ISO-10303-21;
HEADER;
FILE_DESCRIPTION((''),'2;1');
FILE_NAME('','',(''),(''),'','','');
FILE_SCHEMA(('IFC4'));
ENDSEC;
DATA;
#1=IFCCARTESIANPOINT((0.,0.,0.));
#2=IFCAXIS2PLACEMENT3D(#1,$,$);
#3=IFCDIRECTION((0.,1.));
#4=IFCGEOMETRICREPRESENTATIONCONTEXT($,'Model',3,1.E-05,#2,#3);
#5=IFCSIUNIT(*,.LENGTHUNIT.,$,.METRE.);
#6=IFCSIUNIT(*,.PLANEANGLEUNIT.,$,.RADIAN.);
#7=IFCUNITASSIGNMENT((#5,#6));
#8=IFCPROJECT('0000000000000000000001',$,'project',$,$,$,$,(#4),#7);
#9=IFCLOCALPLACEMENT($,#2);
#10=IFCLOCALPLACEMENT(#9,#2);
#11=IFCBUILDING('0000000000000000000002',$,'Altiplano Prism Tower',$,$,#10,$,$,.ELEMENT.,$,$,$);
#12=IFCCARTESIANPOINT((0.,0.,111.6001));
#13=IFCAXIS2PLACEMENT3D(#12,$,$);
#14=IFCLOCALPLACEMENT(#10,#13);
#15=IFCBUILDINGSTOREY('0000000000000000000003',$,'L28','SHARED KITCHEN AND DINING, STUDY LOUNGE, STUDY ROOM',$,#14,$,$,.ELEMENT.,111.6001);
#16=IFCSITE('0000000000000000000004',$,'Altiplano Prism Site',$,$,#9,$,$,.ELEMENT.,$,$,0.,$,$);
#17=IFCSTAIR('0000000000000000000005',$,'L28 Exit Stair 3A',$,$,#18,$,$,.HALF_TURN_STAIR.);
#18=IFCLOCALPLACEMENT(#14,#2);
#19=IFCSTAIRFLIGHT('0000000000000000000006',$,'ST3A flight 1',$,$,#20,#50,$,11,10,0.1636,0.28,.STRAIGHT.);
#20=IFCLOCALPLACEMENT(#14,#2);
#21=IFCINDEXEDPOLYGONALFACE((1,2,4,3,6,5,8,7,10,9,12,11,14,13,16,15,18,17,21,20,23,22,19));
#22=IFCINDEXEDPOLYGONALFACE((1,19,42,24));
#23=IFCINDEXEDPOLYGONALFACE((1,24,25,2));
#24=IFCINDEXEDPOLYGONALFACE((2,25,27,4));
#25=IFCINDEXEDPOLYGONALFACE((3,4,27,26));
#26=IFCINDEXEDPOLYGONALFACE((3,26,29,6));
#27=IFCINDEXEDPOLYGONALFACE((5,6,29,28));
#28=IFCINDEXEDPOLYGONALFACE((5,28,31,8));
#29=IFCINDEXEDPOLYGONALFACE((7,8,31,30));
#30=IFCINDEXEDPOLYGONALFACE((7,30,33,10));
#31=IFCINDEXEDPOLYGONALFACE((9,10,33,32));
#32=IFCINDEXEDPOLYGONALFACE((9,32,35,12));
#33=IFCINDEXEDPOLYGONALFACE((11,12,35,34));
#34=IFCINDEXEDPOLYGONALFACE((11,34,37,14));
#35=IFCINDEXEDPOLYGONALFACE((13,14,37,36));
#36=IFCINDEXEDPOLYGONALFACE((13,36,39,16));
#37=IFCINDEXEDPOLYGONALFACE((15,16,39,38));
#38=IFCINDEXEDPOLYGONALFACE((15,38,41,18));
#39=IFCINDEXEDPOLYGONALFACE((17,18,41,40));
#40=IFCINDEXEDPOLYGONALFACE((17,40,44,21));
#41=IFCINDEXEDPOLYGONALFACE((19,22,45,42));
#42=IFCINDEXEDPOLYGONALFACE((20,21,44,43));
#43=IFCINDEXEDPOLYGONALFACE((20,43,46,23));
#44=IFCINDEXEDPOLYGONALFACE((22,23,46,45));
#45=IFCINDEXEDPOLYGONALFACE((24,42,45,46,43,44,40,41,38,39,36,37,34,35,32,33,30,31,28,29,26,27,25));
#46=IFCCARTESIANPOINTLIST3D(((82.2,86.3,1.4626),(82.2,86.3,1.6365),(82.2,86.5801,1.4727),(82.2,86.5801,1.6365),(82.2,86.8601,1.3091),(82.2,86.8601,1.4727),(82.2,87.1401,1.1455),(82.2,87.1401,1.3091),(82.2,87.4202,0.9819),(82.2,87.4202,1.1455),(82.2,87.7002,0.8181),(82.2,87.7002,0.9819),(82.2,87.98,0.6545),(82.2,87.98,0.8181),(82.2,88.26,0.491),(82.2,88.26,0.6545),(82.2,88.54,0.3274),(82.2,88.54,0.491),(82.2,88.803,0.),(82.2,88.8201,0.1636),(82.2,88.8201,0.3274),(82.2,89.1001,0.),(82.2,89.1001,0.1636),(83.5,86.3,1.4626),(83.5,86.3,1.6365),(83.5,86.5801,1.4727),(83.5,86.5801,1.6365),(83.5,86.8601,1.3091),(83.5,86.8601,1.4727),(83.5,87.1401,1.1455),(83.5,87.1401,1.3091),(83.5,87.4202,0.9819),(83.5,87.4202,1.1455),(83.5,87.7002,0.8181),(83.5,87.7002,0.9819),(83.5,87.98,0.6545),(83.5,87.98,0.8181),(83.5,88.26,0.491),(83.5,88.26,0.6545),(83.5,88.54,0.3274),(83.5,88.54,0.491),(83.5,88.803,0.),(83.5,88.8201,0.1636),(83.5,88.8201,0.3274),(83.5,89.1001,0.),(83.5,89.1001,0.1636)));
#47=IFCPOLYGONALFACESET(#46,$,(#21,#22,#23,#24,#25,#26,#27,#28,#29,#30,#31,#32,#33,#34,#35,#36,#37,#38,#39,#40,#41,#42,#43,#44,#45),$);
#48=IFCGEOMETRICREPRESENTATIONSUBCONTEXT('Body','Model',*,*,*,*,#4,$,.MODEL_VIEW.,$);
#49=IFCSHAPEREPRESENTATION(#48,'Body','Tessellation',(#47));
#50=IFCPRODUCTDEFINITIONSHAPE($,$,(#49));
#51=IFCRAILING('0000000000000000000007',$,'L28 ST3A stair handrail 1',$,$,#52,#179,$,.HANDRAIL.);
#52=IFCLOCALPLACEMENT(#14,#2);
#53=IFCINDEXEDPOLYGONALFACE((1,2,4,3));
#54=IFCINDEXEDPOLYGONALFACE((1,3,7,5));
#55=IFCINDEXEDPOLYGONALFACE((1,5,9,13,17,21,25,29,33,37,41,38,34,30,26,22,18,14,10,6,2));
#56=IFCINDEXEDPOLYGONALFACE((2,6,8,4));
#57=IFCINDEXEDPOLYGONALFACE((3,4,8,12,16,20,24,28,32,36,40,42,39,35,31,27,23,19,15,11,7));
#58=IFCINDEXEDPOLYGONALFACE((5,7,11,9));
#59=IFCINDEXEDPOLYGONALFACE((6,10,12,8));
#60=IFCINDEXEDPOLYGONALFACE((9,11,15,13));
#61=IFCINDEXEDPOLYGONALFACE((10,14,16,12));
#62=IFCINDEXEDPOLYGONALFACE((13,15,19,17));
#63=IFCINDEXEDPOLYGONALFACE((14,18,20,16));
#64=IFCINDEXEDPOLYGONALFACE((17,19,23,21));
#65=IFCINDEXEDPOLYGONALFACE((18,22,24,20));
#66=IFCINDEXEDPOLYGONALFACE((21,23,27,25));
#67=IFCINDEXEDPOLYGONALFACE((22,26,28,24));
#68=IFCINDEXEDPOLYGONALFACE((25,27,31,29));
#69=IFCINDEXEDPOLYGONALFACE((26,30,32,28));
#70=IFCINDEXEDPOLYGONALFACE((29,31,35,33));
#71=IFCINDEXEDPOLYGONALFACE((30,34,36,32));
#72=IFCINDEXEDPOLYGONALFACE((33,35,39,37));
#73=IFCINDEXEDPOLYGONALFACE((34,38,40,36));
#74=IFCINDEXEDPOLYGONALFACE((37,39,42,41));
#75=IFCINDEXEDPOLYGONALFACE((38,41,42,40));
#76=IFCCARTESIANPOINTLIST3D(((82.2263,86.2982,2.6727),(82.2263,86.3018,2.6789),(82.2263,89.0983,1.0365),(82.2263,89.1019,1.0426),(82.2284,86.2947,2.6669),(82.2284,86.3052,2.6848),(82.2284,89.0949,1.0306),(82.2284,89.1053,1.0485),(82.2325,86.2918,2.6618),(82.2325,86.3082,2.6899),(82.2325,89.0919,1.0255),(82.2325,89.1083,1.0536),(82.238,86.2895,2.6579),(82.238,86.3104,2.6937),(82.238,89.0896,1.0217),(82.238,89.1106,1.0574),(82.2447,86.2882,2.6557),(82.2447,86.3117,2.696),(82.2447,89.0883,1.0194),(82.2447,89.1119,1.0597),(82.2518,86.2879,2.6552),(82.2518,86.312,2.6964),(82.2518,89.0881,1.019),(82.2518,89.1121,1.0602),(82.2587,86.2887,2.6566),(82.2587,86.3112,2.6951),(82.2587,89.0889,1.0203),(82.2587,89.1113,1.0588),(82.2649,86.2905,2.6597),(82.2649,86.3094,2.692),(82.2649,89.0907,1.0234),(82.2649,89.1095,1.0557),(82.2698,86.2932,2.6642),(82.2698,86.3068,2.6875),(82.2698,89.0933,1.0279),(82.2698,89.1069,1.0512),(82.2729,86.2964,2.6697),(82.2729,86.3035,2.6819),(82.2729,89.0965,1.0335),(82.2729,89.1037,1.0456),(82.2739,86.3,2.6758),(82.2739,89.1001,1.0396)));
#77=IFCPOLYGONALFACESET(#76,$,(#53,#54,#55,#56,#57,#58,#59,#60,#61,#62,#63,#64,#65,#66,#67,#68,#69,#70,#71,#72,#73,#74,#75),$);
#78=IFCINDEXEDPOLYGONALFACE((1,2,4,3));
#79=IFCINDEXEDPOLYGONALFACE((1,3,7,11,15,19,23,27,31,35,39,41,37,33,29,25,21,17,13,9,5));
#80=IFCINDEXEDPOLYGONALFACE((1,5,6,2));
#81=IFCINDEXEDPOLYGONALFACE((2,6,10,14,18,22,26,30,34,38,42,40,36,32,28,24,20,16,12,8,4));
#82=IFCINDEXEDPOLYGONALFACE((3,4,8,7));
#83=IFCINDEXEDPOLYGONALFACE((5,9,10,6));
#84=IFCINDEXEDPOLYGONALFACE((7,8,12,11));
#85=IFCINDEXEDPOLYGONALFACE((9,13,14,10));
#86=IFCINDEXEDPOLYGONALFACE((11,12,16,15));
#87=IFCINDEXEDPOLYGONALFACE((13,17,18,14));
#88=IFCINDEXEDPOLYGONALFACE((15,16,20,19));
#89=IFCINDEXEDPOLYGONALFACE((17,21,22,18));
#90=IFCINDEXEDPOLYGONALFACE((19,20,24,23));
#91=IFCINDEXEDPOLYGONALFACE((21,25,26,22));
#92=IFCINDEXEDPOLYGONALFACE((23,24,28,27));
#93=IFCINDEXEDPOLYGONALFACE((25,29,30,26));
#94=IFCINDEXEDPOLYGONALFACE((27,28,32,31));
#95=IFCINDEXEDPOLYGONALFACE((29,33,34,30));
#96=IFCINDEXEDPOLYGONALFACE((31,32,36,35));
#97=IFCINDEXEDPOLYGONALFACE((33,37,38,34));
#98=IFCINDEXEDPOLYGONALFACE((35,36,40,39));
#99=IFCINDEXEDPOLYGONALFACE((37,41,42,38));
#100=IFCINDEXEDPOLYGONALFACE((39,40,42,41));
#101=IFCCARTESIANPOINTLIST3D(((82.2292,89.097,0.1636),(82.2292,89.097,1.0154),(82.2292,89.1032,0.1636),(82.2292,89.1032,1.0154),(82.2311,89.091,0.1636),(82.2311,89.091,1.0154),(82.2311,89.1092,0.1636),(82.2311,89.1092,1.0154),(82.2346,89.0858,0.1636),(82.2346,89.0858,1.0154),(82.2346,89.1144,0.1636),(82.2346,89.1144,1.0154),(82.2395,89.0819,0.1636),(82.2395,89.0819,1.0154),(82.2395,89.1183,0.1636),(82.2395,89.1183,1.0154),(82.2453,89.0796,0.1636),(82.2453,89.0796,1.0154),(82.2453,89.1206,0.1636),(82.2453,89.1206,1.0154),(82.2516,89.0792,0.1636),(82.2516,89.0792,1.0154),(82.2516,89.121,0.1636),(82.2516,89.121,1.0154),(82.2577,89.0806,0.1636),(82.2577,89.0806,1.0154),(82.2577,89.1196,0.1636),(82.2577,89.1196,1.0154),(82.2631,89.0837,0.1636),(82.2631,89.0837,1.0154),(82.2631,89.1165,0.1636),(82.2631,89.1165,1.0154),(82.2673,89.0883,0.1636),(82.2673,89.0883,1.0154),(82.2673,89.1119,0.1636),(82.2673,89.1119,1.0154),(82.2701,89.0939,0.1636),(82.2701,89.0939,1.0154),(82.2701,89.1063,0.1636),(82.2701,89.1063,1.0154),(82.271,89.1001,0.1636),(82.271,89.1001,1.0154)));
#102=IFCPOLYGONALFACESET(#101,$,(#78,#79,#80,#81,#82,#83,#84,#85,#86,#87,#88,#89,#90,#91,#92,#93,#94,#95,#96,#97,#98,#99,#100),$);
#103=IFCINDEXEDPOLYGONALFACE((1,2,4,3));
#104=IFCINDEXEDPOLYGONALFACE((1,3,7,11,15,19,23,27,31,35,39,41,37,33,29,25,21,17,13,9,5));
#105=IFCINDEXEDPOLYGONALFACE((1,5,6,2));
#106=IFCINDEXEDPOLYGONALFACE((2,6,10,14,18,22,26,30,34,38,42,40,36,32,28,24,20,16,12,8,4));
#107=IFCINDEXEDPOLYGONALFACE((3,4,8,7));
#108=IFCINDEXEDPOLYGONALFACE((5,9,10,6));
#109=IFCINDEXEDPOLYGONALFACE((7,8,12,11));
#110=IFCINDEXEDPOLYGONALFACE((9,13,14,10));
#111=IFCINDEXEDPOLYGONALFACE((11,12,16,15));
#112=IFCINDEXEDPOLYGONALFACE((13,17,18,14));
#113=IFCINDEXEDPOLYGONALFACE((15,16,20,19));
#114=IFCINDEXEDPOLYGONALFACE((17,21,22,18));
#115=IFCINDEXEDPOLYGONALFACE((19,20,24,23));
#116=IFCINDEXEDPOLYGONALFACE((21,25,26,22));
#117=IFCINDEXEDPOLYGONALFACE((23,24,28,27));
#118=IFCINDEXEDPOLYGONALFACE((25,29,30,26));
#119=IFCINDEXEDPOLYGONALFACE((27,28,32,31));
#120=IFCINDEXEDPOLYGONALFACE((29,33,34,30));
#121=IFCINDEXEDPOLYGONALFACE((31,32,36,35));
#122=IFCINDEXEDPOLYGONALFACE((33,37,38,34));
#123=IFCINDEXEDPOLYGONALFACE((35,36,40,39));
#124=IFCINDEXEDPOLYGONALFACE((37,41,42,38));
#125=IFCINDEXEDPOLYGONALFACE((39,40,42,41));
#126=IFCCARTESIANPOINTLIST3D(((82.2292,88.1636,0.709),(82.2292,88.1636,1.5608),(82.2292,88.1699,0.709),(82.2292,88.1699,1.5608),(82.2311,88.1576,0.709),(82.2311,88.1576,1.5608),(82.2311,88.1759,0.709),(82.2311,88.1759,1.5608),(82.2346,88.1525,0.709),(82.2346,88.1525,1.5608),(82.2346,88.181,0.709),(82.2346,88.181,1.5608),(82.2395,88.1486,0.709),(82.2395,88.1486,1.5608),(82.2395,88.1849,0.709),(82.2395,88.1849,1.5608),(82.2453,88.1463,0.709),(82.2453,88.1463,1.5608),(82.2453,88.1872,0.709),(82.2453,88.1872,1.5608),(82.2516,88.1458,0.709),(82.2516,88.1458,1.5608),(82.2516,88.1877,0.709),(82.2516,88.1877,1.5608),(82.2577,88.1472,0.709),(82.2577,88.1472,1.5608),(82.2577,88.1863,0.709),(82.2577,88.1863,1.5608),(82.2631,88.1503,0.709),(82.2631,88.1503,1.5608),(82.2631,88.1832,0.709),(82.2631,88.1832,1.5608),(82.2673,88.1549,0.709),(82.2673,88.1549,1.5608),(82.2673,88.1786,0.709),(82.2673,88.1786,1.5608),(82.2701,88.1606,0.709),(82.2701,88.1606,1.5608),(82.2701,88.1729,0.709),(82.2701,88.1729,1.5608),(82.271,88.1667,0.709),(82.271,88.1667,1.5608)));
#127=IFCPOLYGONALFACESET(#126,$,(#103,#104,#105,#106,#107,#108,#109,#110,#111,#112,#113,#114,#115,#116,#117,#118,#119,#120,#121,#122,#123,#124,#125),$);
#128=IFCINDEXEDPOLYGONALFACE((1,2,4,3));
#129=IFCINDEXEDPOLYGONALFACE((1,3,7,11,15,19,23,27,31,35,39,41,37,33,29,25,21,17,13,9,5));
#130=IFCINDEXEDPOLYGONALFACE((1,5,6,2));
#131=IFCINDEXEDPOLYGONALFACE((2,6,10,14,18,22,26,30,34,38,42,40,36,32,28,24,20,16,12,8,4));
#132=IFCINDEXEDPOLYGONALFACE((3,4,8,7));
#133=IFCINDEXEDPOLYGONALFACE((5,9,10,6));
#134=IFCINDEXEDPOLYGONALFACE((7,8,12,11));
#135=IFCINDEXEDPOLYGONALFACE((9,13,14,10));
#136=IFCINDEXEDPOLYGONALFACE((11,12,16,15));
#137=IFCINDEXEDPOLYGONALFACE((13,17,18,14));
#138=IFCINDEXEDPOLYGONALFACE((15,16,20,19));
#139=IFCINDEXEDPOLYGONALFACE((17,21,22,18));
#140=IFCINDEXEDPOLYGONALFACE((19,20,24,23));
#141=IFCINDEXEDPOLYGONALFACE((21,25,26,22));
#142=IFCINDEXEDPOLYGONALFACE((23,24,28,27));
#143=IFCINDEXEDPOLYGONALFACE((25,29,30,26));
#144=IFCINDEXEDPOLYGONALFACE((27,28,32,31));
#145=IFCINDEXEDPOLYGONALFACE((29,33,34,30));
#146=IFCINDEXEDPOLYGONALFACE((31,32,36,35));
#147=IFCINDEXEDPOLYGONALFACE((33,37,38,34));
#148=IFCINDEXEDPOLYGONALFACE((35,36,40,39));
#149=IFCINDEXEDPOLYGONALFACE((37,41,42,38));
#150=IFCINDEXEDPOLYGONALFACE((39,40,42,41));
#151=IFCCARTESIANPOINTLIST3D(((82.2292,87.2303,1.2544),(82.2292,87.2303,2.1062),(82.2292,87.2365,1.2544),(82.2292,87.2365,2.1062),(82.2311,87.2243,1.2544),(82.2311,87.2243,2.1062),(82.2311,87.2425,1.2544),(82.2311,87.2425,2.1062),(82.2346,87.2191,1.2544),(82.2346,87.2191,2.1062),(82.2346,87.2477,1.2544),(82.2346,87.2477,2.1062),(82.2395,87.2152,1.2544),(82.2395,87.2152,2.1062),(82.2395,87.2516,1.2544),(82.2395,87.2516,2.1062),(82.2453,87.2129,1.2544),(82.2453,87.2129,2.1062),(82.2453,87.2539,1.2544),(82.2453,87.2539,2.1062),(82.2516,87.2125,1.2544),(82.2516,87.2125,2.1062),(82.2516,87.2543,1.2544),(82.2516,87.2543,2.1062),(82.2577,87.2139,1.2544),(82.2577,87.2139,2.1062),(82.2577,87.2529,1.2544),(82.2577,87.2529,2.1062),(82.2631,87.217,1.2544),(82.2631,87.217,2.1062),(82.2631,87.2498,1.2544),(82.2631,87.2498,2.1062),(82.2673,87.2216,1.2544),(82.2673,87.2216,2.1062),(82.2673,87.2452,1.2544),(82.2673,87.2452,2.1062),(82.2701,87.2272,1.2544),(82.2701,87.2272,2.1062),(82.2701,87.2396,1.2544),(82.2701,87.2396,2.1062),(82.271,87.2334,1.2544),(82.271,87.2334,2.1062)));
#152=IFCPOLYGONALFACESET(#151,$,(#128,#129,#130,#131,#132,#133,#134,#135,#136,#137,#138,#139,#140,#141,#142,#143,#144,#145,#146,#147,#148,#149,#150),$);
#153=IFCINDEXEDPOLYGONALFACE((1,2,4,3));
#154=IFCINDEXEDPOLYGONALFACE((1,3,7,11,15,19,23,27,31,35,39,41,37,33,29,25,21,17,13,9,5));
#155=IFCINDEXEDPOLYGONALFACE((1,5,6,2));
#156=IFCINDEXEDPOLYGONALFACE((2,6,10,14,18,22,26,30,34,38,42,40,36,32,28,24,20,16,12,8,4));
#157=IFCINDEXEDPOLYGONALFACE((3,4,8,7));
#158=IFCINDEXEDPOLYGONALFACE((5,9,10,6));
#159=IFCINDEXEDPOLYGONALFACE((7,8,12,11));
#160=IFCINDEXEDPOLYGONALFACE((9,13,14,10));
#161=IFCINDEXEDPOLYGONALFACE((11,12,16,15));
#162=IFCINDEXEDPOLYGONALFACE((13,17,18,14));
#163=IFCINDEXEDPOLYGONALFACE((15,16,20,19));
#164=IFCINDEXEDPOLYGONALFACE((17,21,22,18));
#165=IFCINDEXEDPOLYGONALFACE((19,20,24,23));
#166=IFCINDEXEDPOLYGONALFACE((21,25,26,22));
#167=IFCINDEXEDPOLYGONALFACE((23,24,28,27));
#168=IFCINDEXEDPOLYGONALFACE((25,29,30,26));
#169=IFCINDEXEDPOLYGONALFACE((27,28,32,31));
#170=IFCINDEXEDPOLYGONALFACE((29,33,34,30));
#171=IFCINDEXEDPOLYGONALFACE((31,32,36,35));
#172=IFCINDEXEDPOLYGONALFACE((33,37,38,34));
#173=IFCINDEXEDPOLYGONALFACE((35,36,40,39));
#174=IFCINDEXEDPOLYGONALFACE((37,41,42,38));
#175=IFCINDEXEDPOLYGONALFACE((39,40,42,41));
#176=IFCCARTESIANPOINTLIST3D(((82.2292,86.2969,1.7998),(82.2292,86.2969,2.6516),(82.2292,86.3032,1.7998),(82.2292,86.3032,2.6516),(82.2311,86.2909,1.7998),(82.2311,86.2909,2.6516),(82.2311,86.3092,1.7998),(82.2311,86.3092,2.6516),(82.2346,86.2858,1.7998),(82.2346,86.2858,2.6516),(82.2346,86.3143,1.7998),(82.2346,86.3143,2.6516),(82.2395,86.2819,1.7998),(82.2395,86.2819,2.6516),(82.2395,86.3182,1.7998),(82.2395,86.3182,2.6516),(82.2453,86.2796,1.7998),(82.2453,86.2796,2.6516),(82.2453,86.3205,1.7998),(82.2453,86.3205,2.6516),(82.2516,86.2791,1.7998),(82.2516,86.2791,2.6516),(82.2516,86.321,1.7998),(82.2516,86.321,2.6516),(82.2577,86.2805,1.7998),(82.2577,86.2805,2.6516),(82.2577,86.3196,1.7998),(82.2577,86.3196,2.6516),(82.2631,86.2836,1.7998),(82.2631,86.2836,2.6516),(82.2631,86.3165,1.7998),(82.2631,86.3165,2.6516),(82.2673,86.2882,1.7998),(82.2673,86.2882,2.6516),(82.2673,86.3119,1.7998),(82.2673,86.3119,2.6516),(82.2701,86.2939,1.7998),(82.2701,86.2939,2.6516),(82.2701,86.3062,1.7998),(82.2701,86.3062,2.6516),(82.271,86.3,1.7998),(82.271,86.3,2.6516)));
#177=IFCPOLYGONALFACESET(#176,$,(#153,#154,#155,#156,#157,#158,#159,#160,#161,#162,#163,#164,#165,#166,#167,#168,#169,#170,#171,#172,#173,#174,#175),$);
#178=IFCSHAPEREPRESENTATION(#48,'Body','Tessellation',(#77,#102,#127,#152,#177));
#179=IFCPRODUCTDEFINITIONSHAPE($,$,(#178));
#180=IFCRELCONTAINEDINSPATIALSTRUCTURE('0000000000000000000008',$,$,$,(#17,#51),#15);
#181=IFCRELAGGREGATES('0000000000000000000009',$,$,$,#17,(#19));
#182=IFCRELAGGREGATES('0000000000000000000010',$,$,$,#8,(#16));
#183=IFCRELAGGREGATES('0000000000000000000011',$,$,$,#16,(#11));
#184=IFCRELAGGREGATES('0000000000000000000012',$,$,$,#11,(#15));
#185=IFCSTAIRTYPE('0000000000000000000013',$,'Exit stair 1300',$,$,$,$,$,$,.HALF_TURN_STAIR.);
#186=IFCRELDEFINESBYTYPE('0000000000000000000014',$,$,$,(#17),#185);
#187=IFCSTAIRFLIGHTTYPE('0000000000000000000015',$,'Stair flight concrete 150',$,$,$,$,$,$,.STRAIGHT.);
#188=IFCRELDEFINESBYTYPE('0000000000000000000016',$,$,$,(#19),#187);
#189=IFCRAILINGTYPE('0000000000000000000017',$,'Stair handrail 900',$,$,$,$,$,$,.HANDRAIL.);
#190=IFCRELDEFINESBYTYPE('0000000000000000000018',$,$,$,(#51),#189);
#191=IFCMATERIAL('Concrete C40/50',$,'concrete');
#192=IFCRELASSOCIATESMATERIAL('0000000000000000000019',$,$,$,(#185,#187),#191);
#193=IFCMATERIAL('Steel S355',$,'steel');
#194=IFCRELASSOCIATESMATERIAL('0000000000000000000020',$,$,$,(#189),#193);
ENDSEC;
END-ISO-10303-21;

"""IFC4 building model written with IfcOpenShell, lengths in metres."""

from ifc_helpers import new_model, si_unit, direction, frame, origin, origin_2d, place, context, subcontext, project, spatial, polyline, circle, outline, extrude, material, type_object, element, aggregate, save


model = new_model("IFC4")

# Units and contexts
model_context = context("Model", 3, precision=1e-05, world=origin(), true_north=direction((0.0, 1.0)))
body_context = subcontext(model_context, "Body", "Model", "MODEL_VIEW")
ifc_project = project(units=[si_unit("LENGTHUNIT", "METRE"), si_unit("PLANEANGLEUNIT", "RADIAN")], contexts=[model_context])

# Site, building, storey
site_placement = place(None, origin())
site = spatial("IfcSite", under=ifc_project, at=site_placement, Name="Altiplano Prism Site", CompositionType="ELEMENT", RefElevation=0.0)
building_placement = place(site_placement, origin())
building = spatial("IfcBuilding", under=site, at=building_placement, Name="Altiplano Prism Tower", CompositionType="ELEMENT")
storey_placement = place(building_placement, frame((0.0, 0.0, 111.6001)))
storey = spatial("IfcBuildingStorey", under=building, at=storey_placement, Name="L28", Description="SHARED KITCHEN AND DINING, STUDY LOUNGE, STUDY ROOM", CompositionType="ELEMENT", Elevation=111.6001)

# Stair, stair flight
ifc_material_1 = material(Name="Concrete C40/50", Category="concrete")
stair_type = type_object("IfcStairType", Name="Exit stair 1300", PredefinedType="HALF_TURN_STAIR", material=ifc_material_1)
stair_placement = place(storey_placement, origin())
stair = element("IfcStair", 1, at=stair_placement, inside=storey, type_object=stair_type, Name="L28 Exit Stair 3A", PredefinedType="HALF_TURN_STAIR")
stair_flight_type = type_object("IfcStairFlightType", Name="Stair flight concrete 150", PredefinedType="STRAIGHT", material=ifc_material_1)
stair_flight_placement = place(storey_placement, frame((82.8501, 89.1001, 0.0), z_axis=(0.0, 0.0, 1.0), x_axis=(0.0, -1.0, 0.0)))
stair_flight = element("IfcStairFlight", 2, at=stair_flight_placement, type_object=stair_flight_type, Name="ST3A flight 1", NumberOfRisers=11, NumberOfTreads=10, PredefinedType="STRAIGHT", RiserHeight=0.1636, TreadLength=0.28, context=body_context, shape_type="SweptSolid", body=[
    extrude(outline(polyline([(0.0, 0.0), (0.0, 0.1636), (0.28, 0.1636), (0.28, 0.3274), (0.5601, 0.3274), (0.5601, 0.491), (0.8401, 0.491), (0.8401, 0.6545), (1.1201, 0.6545), (1.1201, 0.8181), (1.3999, 0.8181), (1.3999, 0.9819), (1.6799, 0.9819), (1.6799, 1.1455), (1.96, 1.1455), (1.96, 1.3091), (2.24, 1.3091), (2.24, 1.4727), (2.52, 1.4727), (2.52, 1.6365), (2.8, 1.6365), (2.8, 1.8), (2.8, 1.4626), (0.2971, 0.0), (0.0, 0.0)])), frame((0.0, 0.6499, 0.0), z_axis=(0.0, -1.0, 0.0), x_axis=(1.0, 0.0, 0.0)), (0.0, 0.0, 1.0), 1.3),
])
aggregate(stair, [stair_flight])

# Railing
ifc_material_2 = material(Name="Steel S355", Category="steel")
railing_type = type_object("IfcRailingType", Name="Stair handrail 900", PredefinedType="HANDRAIL", material=ifc_material_2)
railing_placement = place(storey_placement, frame((82.25, 89.1001, 0.1636)))
element("IfcRailing", 3, at=railing_placement, inside=storey, type_object=railing_type, Name="L28 ST3A stair handrail 1", PredefinedType="HANDRAIL", context=body_context, shape_type="SweptSolid", body=[
    extrude(circle(Radius=0.0239, at=origin_2d()), frame((0.0, 0.0, 0.876), z_axis=(0.0, -0.863394, 0.504531), x_axis=(1.0, 0.0, 0.0)), (0.0, 0.0, 1.0), 3.2432),
    extrude(circle(Radius=0.021, at=origin_2d()), origin(), (0.0, 0.0, 1.0), 0.8518),
    extrude(circle(Radius=0.021, at=origin_2d()), frame((0.0, -0.9333, 0.5454)), (0.0, 0.0, 1.0), 0.8518),
    extrude(circle(Radius=0.021, at=origin_2d()), frame((0.0, -1.8667, 1.0908)), (0.0, 0.0, 1.0), 0.8518),
    extrude(circle(Radius=0.021, at=origin_2d()), frame((0.0, -2.8, 1.6362)), (0.0, 0.0, 1.0), 0.8518),
])

save(model, "model.ifc")
